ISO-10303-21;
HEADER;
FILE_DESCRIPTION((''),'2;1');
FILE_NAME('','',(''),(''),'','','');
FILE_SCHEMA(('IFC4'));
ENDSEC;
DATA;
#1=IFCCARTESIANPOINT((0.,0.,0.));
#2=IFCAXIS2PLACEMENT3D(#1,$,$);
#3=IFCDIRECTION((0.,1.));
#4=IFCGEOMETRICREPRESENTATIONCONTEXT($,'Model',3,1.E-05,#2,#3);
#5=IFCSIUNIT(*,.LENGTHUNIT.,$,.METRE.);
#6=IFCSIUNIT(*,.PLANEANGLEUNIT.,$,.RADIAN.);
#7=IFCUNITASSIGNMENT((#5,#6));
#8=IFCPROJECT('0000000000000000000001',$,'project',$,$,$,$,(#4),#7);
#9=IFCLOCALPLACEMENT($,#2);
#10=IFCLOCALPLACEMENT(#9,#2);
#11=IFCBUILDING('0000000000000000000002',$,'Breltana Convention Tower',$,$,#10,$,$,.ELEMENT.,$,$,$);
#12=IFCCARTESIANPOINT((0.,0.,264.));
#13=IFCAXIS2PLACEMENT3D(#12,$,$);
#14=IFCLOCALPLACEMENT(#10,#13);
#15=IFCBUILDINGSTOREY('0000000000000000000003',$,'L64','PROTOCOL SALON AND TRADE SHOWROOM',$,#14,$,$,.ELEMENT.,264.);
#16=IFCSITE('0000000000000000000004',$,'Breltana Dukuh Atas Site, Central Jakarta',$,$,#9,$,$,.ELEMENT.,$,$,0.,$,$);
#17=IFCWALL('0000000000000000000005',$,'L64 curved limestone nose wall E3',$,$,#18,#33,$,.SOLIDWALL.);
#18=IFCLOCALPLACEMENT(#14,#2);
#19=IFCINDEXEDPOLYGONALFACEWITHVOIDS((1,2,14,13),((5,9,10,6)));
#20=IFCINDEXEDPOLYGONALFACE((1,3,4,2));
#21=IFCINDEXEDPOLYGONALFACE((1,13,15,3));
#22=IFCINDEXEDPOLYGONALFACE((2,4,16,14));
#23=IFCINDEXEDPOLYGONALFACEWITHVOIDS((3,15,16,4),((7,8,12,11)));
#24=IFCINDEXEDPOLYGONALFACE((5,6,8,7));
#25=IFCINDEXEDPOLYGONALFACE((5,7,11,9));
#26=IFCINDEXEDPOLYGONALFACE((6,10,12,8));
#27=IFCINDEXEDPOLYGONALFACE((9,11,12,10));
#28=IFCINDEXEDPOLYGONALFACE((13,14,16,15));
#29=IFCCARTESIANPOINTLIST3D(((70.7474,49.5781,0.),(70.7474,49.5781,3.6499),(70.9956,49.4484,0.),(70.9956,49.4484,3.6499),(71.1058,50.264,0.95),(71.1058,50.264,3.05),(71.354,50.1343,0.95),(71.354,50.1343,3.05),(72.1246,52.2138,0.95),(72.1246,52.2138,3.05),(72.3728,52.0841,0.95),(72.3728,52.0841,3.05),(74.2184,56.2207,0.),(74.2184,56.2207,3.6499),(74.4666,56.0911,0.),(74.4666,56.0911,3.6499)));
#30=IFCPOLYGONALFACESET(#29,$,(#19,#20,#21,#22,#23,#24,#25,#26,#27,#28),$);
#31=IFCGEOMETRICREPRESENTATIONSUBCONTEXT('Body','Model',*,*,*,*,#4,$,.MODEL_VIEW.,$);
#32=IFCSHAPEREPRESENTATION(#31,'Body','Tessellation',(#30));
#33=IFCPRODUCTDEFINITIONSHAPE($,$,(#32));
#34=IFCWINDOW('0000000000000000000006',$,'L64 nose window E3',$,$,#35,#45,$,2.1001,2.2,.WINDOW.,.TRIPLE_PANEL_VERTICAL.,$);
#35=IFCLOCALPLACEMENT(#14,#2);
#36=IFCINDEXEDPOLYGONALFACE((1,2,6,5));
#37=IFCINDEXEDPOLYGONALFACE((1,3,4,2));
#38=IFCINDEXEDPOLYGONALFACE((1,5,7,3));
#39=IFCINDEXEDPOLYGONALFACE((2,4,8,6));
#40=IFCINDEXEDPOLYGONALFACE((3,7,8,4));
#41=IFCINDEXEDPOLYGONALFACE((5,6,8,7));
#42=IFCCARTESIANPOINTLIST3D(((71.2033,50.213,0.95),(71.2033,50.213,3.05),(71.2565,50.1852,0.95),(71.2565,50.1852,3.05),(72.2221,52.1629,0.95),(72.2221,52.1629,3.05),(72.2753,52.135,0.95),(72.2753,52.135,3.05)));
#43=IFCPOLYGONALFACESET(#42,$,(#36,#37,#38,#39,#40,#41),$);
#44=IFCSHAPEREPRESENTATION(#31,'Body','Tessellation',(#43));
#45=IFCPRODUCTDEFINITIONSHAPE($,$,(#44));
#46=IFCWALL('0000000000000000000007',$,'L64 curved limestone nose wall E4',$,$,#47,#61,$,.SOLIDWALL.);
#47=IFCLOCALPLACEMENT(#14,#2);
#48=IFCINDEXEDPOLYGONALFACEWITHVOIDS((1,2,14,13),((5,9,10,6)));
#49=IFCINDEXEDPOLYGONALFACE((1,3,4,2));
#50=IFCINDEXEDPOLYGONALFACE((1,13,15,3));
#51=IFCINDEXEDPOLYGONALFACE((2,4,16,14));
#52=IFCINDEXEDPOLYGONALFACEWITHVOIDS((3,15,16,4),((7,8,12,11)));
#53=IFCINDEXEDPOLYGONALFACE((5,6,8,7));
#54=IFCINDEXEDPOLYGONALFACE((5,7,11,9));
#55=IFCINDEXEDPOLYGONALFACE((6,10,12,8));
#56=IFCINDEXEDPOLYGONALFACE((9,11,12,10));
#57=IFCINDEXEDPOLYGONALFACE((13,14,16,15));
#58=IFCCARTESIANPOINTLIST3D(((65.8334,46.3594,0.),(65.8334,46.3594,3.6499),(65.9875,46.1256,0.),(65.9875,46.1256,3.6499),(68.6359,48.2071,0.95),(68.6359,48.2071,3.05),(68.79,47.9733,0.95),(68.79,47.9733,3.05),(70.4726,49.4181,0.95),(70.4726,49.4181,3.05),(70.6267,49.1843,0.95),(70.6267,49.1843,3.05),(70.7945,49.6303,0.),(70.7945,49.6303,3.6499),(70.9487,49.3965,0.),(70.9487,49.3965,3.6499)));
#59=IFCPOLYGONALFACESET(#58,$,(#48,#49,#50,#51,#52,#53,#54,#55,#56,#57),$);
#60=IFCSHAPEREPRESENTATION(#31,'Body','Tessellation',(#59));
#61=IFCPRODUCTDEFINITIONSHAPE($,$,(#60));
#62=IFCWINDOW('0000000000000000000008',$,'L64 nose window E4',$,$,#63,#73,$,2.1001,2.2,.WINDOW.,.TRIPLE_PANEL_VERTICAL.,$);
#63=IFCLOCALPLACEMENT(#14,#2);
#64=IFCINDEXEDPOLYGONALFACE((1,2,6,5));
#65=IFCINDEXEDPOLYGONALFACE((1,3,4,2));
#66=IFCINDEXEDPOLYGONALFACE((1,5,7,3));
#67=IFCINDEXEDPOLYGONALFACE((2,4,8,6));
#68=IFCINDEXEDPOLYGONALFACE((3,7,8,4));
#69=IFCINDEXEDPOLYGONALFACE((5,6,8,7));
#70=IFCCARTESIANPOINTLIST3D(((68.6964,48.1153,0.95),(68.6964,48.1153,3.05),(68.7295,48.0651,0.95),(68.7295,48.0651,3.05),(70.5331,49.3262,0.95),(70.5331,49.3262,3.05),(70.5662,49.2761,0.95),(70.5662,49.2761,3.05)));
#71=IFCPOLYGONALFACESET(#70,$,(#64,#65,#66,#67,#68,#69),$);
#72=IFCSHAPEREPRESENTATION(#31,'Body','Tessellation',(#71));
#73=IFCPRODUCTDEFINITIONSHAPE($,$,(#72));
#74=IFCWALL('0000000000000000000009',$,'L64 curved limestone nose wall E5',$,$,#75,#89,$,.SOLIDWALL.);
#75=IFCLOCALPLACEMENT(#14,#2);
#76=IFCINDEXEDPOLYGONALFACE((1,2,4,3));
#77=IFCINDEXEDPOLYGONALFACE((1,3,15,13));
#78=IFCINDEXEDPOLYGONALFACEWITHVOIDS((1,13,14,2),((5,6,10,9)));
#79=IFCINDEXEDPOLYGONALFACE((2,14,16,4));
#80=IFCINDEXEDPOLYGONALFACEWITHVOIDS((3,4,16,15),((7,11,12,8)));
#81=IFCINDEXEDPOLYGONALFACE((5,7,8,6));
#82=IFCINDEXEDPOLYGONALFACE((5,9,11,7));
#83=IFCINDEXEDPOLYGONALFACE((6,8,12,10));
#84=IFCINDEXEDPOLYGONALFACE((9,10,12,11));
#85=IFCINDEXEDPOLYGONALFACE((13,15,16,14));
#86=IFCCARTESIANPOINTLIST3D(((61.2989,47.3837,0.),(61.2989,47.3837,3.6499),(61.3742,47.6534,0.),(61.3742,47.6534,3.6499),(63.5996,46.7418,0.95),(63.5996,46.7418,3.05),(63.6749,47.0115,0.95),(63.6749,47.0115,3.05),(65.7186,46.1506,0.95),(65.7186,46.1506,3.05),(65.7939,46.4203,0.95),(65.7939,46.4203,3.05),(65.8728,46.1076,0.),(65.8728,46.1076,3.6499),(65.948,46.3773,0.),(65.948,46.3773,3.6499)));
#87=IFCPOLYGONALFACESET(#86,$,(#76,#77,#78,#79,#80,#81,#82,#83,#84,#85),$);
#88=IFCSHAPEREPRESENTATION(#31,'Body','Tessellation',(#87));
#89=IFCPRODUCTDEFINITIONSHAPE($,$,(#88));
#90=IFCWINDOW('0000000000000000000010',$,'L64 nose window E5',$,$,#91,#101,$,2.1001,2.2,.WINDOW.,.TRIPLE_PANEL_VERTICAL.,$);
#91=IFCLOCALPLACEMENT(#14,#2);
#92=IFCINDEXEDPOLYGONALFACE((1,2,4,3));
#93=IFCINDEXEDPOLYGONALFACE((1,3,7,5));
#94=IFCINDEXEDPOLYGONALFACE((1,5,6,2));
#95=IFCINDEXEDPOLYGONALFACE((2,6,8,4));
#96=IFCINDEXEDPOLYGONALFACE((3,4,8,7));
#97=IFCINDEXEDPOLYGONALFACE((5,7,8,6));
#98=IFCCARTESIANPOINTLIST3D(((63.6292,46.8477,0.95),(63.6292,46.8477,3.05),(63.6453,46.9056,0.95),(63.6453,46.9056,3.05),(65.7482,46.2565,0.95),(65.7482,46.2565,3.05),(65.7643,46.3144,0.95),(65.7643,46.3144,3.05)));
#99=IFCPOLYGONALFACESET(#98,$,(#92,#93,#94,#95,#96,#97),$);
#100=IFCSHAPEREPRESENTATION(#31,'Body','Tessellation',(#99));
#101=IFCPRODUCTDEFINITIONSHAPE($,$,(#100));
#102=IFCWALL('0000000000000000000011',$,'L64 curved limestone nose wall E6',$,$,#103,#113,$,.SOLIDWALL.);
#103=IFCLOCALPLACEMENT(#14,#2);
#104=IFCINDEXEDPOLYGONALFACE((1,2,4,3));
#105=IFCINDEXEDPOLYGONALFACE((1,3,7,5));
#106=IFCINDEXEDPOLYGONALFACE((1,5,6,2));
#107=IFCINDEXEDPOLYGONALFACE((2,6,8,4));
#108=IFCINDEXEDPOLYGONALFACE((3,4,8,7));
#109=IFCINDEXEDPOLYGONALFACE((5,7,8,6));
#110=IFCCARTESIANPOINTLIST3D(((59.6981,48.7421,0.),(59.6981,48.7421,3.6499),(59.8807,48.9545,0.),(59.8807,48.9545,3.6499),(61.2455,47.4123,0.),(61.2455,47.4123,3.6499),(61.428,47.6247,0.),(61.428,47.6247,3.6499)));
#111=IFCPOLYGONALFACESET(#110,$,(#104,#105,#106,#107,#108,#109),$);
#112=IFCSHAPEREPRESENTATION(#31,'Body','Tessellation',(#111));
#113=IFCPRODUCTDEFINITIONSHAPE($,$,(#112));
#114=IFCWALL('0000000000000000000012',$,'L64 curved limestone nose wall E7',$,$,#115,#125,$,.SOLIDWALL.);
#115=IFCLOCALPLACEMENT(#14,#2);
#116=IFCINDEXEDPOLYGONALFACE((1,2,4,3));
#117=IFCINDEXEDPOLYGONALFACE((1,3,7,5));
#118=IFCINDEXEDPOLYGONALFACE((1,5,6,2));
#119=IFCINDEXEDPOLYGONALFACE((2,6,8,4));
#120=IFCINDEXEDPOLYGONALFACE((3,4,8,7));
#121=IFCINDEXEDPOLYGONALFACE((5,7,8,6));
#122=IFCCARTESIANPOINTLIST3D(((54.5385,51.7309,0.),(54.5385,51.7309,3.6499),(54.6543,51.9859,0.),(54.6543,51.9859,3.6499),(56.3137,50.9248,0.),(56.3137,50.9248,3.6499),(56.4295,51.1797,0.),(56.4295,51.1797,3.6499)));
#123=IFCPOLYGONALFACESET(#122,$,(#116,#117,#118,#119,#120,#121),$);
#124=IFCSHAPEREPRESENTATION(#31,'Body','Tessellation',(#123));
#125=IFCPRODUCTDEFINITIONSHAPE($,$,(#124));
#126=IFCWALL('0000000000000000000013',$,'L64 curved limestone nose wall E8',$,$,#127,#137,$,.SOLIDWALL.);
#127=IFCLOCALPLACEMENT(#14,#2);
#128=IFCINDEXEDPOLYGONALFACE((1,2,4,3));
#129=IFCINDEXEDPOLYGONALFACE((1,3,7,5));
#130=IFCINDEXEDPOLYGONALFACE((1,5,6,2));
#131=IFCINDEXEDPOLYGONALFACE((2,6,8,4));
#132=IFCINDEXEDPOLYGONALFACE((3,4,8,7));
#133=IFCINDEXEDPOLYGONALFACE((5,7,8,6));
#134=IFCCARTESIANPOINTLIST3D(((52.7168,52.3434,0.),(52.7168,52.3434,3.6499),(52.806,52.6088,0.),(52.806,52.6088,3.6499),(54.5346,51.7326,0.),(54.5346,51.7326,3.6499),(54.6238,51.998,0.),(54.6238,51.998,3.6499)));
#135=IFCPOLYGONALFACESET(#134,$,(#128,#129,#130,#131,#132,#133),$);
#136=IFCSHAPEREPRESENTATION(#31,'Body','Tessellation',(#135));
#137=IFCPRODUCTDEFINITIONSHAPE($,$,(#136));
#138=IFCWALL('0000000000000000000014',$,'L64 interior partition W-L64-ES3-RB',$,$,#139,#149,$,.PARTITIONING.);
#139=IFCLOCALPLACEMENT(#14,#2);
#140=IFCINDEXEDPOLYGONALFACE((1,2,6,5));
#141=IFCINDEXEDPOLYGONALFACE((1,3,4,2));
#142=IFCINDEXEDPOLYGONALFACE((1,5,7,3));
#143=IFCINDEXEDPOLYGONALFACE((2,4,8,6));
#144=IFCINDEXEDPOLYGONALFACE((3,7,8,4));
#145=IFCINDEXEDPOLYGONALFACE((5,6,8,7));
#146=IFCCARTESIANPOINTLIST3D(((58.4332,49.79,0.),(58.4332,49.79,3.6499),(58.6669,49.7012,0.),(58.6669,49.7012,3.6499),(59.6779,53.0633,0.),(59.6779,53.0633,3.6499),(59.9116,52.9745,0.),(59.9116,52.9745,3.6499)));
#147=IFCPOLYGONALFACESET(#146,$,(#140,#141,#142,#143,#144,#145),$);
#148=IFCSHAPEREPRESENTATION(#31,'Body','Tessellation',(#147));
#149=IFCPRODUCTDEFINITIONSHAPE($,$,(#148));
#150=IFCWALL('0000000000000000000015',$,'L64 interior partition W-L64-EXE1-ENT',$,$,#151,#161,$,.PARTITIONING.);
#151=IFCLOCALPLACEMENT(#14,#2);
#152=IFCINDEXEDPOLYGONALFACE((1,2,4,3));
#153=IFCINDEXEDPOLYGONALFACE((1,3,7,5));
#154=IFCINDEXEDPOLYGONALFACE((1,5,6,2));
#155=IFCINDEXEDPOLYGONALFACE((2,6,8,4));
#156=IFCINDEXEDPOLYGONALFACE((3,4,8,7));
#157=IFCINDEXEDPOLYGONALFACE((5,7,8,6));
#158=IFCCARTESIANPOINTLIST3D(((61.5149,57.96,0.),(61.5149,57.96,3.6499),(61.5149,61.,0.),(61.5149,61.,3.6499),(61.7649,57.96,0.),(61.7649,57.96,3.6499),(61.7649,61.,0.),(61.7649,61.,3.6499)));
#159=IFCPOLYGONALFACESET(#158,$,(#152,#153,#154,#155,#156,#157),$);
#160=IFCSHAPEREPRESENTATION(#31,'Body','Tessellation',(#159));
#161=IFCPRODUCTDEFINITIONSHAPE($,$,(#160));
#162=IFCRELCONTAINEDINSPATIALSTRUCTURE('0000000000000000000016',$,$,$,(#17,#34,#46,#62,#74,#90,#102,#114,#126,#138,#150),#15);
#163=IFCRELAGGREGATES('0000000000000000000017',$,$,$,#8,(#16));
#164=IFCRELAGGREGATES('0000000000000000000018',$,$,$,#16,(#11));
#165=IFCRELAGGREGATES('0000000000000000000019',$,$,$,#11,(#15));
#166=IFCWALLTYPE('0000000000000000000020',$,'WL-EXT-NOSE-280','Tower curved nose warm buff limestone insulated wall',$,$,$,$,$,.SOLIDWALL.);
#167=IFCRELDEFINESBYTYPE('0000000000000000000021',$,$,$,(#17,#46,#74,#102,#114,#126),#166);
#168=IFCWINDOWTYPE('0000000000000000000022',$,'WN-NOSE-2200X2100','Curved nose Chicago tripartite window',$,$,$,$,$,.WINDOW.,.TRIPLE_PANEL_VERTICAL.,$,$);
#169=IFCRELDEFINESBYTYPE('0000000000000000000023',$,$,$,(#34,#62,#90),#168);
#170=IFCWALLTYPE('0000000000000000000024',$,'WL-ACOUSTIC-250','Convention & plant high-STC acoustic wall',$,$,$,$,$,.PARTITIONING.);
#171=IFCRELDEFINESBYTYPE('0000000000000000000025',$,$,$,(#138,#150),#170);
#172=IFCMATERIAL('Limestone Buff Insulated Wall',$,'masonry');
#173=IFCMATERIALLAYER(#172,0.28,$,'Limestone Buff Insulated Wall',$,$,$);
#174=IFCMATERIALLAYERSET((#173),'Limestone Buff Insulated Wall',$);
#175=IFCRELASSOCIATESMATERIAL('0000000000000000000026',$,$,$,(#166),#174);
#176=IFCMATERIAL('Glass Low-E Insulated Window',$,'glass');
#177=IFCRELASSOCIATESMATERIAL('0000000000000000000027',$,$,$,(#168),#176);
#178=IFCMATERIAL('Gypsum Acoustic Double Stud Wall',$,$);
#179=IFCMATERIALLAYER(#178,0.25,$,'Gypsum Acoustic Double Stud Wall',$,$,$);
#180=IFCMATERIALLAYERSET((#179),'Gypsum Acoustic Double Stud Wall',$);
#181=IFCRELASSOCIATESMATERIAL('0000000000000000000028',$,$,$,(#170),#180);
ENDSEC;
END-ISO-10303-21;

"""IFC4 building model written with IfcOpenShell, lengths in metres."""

from ifc_helpers import new_model, si_unit, direction, frame, frame_2d, origin, place, context, subcontext, project, spatial, rectangle, extrude, source, transform, mapped, material, layer, layer_set, type_object, type_shapes, element, fill, save


model = new_model("IFC4")

# Units and contexts
model_context = context("Model", 3, precision=1e-05, world=origin(), true_north=direction((0.0, 1.0)))
body_context = subcontext(model_context, "Body", "Model", "MODEL_VIEW")
ifc_project = project(units=[si_unit("LENGTHUNIT", "METRE"), si_unit("PLANEANGLEUNIT", "RADIAN")], contexts=[model_context])

# Site, building, storey
site_placement = place(None, origin())
site = spatial("IfcSite", under=ifc_project, at=site_placement, Name="Breltana Dukuh Atas Site, Central Jakarta", CompositionType="ELEMENT", RefElevation=0.0)
building_placement = place(site_placement, origin())
building = spatial("IfcBuilding", under=site, at=building_placement, Name="Breltana Convention Tower", CompositionType="ELEMENT")
storey_placement = place(building_placement, frame((0.0, 0.0, 264.0)))
storey = spatial("IfcBuildingStorey", under=building, at=storey_placement, Name="L64", Description="PROTOCOL SALON AND TRADE SHOWROOM", CompositionType="ELEMENT", Elevation=264.0)

# Walls, openings, windows
ifc_material_1 = material(Name="Limestone Buff Insulated Wall", Category="masonry")
ifc_layer_1 = layer(ifc_material_1, 0.28, Name="Limestone Buff Insulated Wall")
ifc_layer_set_1 = layer_set([ifc_layer_1], Name="Limestone Buff Insulated Wall")
wall_type_1 = type_object("IfcWallType", Name="WL-EXT-NOSE-280", Description="Tower curved nose warm buff limestone insulated wall", PredefinedType="SOLIDWALL", material=ifc_layer_set_1)
shared_shape_1 = source(origin(), body_context, "Body", "SweptSolid", [
    extrude(rectangle(XDim=7.4949, YDim=0.28, at=frame_2d((3.7476, 0.0))), origin(), (0.0, 0.0, 1.0), 3.6499),
])
wall_1_placement = place(storey_placement, frame((74.3425, 56.156, 0.0), z_axis=(0.0, 0.0, 1.0), x_axis=(-0.463117, -0.886297, 0.0)))
wall_1 = element("IfcWall", 1, at=wall_1_placement, inside=storey, type_object=wall_type_1, Name="L64 curved limestone nose wall E3", PredefinedType="SOLIDWALL", context=body_context, shape_type="MappedRepresentation", body=[
    mapped(shared_shape_1, transform((0.0, 0.0, 0.0), scale=1.0)),
])
opening_1_placement = place(wall_1_placement, frame((4.521, 0.0, 0.95)))
opening_1 = element("IfcOpeningElement", 2, at=opening_1_placement, cuts=wall_1, PredefinedType="OPENING", context=body_context, shape_type="SweptSolid", body=[
    extrude(rectangle(XDim=2.2, YDim=2.1001, at=frame_2d((1.1001, 1.05))), frame((0.0, 0.1499, 0.0), z_axis=(0.0, -1.0, 0.0), x_axis=(1.0, 0.0, 0.0)), (0.0, 0.0, 1.0), 0.3),
])
ifc_material_2 = material(Name="Glass Low-E Insulated Window", Category="glass")
window_type = type_object("IfcWindowType", Name="WN-NOSE-2200X2100", Description="Curved nose Chicago tripartite window", PartitioningType="TRIPLE_PANEL_VERTICAL", PredefinedType="WINDOW", material=ifc_material_2)
shared_shape_2 = source(origin(), body_context, "Body", "SweptSolid", [
    extrude(rectangle(XDim=2.2, YDim=2.1001, at=frame_2d((1.1001, 1.05))), frame((0.0, 0.03, 0.0), z_axis=(0.0, -1.0, 0.0), x_axis=(1.0, 0.0, 0.0)), (0.0, 0.0, 1.0), 0.0601),
])
type_shapes(window_type, [shared_shape_2])
window_1_placement = place(opening_1_placement, origin())
window_1 = element("IfcWindow", 3, at=window_1_placement, inside=storey, type_object=window_type, Name="L64 nose window E3", OverallHeight=2.1001, OverallWidth=2.2, PartitioningType="TRIPLE_PANEL_VERTICAL", PredefinedType="WINDOW", context=body_context, shape_type="MappedRepresentation", body=[
    mapped(shared_shape_2, transform((0.0, 0.0, 0.0), scale=1.0)),
])
fill(opening_1, window_1)
shared_shape_3 = source(origin(), body_context, "Body", "SweptSolid", [
    extrude(rectangle(XDim=5.9424, YDim=0.28, at=frame_2d((2.9712, 0.0))), origin(), (0.0, 0.0, 1.0), 3.6499),
])
wall_2_placement = place(storey_placement, frame((70.8716, 49.5134, 0.0), z_axis=(0.0, 0.0, 1.0), x_axis=(-0.834871, -0.550445, 0.0)))
wall_2 = element("IfcWall", 4, at=wall_2_placement, inside=storey, type_object=wall_type_1, Name="L64 curved limestone nose wall E4", PredefinedType="SOLIDWALL", context=body_context, shape_type="MappedRepresentation", body=[
    mapped(shared_shape_3, transform((0.0, 0.0, 0.0), scale=1.0)),
])
opening_2_placement = place(wall_2_placement, frame((0.3855, 0.0, 0.95)))
opening_2 = element("IfcOpeningElement", 5, at=opening_2_placement, cuts=wall_2, PredefinedType="OPENING", context=body_context, shape_type="SweptSolid", body=[
    extrude(rectangle(XDim=2.2, YDim=2.1001, at=frame_2d((1.1001, 1.05))), frame((0.0, 0.1499, 0.0), z_axis=(0.0, -1.0, 0.0), x_axis=(1.0, 0.0, 0.0)), (0.0, 0.0, 1.0), 0.3),
])
window_2_placement = place(opening_2_placement, origin())
window_2 = element("IfcWindow", 6, at=window_2_placement, inside=storey, type_object=window_type, Name="L64 nose window E4", OverallHeight=2.1001, OverallWidth=2.2, PartitioningType="TRIPLE_PANEL_VERTICAL", PredefinedType="WINDOW", context=body_context, shape_type="MappedRepresentation", body=[
    mapped(shared_shape_2, transform((0.0, 0.0, 0.0), scale=1.0)),
])
fill(opening_2, window_2)
shared_shape_4 = source(origin(), body_context, "Body", "SweptSolid", [
    extrude(rectangle(XDim=4.7485, YDim=0.28, at=frame_2d((2.3743, 0.0))), origin(), (0.0, 0.0, 1.0), 3.6499),
])
wall_3_placement = place(storey_placement, frame((65.9104, 46.2424, 0.0), z_axis=(0.0, 0.0, 1.0), x_axis=(-0.963211, 0.268747, 0.0)))
wall_3 = element("IfcWall", 7, at=wall_3_placement, inside=storey, type_object=wall_type_1, Name="L64 curved limestone nose wall E5", PredefinedType="SOLIDWALL", context=body_context, shape_type="MappedRepresentation", body=[
    mapped(shared_shape_4, transform((0.0, 0.0, 0.0), scale=1.0)),
])
opening_3_placement = place(wall_3_placement, frame((0.1599, 0.0, 0.95)))
opening_3 = element("IfcOpeningElement", 8, at=opening_3_placement, cuts=wall_3, PredefinedType="OPENING", context=body_context, shape_type="SweptSolid", body=[
    extrude(rectangle(XDim=2.2, YDim=2.1001, at=frame_2d((1.1001, 1.05))), frame((0.0, 0.1499, 0.0), z_axis=(0.0, -1.0, 0.0), x_axis=(1.0, 0.0, 0.0)), (0.0, 0.0, 1.0), 0.3),
])
window_3_placement = place(opening_3_placement, origin())
window_3 = element("IfcWindow", 9, at=window_3_placement, inside=storey, type_object=window_type, Name="L64 nose window E5", OverallHeight=2.1001, OverallWidth=2.2, PartitioningType="TRIPLE_PANEL_VERTICAL", PredefinedType="WINDOW", context=body_context, shape_type="MappedRepresentation", body=[
    mapped(shared_shape_2, transform((0.0, 0.0, 0.0), scale=1.0)),
])
fill(opening_3, window_3)

# Walls
shared_shape_5 = source(origin(), body_context, "Body", "SweptSolid", [
    extrude(rectangle(XDim=2.0403, YDim=0.28, at=frame_2d((1.02, 0.0))), origin(), (0.0, 0.0, 1.0), 3.6499),
])
wall_4_placement = place(storey_placement, frame((61.3367, 47.5186, 0.0), z_axis=(0.0, 0.0, 1.0), x_axis=(-0.758403, 0.651786, 0.0)))
element("IfcWall", 10, at=wall_4_placement, inside=storey, type_object=wall_type_1, Name="L64 curved limestone nose wall E6", PredefinedType="SOLIDWALL", context=body_context, shape_type="MappedRepresentation", body=[
    mapped(shared_shape_5, transform((0.0, 0.0, 0.0), scale=1.0)),
])
shared_shape_6 = source(origin(), body_context, "Body", "SweptSolid", [
    extrude(rectangle(XDim=1.9497, YDim=0.28, at=frame_2d((0.9749, 0.0))), origin(), (0.0, 0.0, 1.0), 3.6499),
])
wall_5_placement = place(storey_placement, frame((56.3716, 51.0522, 0.0), z_axis=(0.0, 0.0, 1.0), x_axis=(-0.910508, 0.413492, 0.0)))
element("IfcWall", 11, at=wall_5_placement, inside=storey, type_object=wall_type_1, Name="L64 curved limestone nose wall E7", PredefinedType="SOLIDWALL", context=body_context, shape_type="MappedRepresentation", body=[
    mapped(shared_shape_6, transform((0.0, 0.0, 0.0), scale=1.0)),
])
shared_shape_7 = source(origin(), body_context, "Body", "SweptSolid", [
    extrude(rectangle(XDim=1.9177, YDim=0.28, at=frame_2d((0.959, 0.0))), origin(), (0.0, 0.0, 1.0), 3.6499),
])
wall_6_placement = place(storey_placement, frame((54.5793, 51.8652, 0.0), z_axis=(0.0, 0.0, 1.0), x_axis=(-0.947917, 0.318518, 0.0)))
element("IfcWall", 12, at=wall_6_placement, inside=storey, type_object=wall_type_1, Name="L64 curved limestone nose wall E8", PredefinedType="SOLIDWALL", context=body_context, shape_type="MappedRepresentation", body=[
    mapped(shared_shape_7, transform((0.0, 0.0, 0.0), scale=1.0)),
])
ifc_material_3 = material(Name="Gypsum Acoustic Double Stud Wall")
ifc_layer_2 = layer(ifc_material_3, 0.25, Name="Gypsum Acoustic Double Stud Wall")
ifc_layer_set_2 = layer_set([ifc_layer_2], Name="Gypsum Acoustic Double Stud Wall")
wall_type_2 = type_object("IfcWallType", Name="WL-ACOUSTIC-250", Description="Convention & plant high-STC acoustic wall", PredefinedType="PARTITIONING", material=ifc_layer_set_2)
shared_shape_8 = source(origin(), body_context, "Body", "SweptSolid", [
    extrude(rectangle(XDim=3.502, YDim=0.25, at=frame_2d((1.751, 0.0))), origin(), (0.0, 0.0, 1.0), 3.6499),
])
wall_7_placement = place(storey_placement, frame((58.55, 49.7456, 0.0), z_axis=(0.0, 0.0, 1.0), x_axis=(0.355421, 0.934706, 0.0)))
element("IfcWall", 13, at=wall_7_placement, inside=storey, type_object=wall_type_2, Name="L64 interior partition W-L64-ES3-RB", PredefinedType="PARTITIONING", context=body_context, shape_type="MappedRepresentation", body=[
    mapped(shared_shape_8, transform((0.0, 0.0, 0.0), scale=1.0)),
])
shared_shape_9 = source(origin(), body_context, "Body", "SweptSolid", [
    extrude(rectangle(XDim=3.04, YDim=0.25, at=frame_2d((1.52, 0.0))), origin(), (0.0, 0.0, 1.0), 3.6499),
])
wall_8_placement = place(storey_placement, frame((61.6399, 57.96, 0.0), z_axis=(0.0, 0.0, 1.0), x_axis=(0.0, 1.0, 0.0)))
element("IfcWall", 14, at=wall_8_placement, inside=storey, type_object=wall_type_2, Name="L64 interior partition W-L64-EXE1-ENT", PredefinedType="PARTITIONING", context=body_context, shape_type="MappedRepresentation", body=[
    mapped(shared_shape_9, transform((0.0, 0.0, 0.0), scale=1.0)),
])

save(model, "model.ifc")
